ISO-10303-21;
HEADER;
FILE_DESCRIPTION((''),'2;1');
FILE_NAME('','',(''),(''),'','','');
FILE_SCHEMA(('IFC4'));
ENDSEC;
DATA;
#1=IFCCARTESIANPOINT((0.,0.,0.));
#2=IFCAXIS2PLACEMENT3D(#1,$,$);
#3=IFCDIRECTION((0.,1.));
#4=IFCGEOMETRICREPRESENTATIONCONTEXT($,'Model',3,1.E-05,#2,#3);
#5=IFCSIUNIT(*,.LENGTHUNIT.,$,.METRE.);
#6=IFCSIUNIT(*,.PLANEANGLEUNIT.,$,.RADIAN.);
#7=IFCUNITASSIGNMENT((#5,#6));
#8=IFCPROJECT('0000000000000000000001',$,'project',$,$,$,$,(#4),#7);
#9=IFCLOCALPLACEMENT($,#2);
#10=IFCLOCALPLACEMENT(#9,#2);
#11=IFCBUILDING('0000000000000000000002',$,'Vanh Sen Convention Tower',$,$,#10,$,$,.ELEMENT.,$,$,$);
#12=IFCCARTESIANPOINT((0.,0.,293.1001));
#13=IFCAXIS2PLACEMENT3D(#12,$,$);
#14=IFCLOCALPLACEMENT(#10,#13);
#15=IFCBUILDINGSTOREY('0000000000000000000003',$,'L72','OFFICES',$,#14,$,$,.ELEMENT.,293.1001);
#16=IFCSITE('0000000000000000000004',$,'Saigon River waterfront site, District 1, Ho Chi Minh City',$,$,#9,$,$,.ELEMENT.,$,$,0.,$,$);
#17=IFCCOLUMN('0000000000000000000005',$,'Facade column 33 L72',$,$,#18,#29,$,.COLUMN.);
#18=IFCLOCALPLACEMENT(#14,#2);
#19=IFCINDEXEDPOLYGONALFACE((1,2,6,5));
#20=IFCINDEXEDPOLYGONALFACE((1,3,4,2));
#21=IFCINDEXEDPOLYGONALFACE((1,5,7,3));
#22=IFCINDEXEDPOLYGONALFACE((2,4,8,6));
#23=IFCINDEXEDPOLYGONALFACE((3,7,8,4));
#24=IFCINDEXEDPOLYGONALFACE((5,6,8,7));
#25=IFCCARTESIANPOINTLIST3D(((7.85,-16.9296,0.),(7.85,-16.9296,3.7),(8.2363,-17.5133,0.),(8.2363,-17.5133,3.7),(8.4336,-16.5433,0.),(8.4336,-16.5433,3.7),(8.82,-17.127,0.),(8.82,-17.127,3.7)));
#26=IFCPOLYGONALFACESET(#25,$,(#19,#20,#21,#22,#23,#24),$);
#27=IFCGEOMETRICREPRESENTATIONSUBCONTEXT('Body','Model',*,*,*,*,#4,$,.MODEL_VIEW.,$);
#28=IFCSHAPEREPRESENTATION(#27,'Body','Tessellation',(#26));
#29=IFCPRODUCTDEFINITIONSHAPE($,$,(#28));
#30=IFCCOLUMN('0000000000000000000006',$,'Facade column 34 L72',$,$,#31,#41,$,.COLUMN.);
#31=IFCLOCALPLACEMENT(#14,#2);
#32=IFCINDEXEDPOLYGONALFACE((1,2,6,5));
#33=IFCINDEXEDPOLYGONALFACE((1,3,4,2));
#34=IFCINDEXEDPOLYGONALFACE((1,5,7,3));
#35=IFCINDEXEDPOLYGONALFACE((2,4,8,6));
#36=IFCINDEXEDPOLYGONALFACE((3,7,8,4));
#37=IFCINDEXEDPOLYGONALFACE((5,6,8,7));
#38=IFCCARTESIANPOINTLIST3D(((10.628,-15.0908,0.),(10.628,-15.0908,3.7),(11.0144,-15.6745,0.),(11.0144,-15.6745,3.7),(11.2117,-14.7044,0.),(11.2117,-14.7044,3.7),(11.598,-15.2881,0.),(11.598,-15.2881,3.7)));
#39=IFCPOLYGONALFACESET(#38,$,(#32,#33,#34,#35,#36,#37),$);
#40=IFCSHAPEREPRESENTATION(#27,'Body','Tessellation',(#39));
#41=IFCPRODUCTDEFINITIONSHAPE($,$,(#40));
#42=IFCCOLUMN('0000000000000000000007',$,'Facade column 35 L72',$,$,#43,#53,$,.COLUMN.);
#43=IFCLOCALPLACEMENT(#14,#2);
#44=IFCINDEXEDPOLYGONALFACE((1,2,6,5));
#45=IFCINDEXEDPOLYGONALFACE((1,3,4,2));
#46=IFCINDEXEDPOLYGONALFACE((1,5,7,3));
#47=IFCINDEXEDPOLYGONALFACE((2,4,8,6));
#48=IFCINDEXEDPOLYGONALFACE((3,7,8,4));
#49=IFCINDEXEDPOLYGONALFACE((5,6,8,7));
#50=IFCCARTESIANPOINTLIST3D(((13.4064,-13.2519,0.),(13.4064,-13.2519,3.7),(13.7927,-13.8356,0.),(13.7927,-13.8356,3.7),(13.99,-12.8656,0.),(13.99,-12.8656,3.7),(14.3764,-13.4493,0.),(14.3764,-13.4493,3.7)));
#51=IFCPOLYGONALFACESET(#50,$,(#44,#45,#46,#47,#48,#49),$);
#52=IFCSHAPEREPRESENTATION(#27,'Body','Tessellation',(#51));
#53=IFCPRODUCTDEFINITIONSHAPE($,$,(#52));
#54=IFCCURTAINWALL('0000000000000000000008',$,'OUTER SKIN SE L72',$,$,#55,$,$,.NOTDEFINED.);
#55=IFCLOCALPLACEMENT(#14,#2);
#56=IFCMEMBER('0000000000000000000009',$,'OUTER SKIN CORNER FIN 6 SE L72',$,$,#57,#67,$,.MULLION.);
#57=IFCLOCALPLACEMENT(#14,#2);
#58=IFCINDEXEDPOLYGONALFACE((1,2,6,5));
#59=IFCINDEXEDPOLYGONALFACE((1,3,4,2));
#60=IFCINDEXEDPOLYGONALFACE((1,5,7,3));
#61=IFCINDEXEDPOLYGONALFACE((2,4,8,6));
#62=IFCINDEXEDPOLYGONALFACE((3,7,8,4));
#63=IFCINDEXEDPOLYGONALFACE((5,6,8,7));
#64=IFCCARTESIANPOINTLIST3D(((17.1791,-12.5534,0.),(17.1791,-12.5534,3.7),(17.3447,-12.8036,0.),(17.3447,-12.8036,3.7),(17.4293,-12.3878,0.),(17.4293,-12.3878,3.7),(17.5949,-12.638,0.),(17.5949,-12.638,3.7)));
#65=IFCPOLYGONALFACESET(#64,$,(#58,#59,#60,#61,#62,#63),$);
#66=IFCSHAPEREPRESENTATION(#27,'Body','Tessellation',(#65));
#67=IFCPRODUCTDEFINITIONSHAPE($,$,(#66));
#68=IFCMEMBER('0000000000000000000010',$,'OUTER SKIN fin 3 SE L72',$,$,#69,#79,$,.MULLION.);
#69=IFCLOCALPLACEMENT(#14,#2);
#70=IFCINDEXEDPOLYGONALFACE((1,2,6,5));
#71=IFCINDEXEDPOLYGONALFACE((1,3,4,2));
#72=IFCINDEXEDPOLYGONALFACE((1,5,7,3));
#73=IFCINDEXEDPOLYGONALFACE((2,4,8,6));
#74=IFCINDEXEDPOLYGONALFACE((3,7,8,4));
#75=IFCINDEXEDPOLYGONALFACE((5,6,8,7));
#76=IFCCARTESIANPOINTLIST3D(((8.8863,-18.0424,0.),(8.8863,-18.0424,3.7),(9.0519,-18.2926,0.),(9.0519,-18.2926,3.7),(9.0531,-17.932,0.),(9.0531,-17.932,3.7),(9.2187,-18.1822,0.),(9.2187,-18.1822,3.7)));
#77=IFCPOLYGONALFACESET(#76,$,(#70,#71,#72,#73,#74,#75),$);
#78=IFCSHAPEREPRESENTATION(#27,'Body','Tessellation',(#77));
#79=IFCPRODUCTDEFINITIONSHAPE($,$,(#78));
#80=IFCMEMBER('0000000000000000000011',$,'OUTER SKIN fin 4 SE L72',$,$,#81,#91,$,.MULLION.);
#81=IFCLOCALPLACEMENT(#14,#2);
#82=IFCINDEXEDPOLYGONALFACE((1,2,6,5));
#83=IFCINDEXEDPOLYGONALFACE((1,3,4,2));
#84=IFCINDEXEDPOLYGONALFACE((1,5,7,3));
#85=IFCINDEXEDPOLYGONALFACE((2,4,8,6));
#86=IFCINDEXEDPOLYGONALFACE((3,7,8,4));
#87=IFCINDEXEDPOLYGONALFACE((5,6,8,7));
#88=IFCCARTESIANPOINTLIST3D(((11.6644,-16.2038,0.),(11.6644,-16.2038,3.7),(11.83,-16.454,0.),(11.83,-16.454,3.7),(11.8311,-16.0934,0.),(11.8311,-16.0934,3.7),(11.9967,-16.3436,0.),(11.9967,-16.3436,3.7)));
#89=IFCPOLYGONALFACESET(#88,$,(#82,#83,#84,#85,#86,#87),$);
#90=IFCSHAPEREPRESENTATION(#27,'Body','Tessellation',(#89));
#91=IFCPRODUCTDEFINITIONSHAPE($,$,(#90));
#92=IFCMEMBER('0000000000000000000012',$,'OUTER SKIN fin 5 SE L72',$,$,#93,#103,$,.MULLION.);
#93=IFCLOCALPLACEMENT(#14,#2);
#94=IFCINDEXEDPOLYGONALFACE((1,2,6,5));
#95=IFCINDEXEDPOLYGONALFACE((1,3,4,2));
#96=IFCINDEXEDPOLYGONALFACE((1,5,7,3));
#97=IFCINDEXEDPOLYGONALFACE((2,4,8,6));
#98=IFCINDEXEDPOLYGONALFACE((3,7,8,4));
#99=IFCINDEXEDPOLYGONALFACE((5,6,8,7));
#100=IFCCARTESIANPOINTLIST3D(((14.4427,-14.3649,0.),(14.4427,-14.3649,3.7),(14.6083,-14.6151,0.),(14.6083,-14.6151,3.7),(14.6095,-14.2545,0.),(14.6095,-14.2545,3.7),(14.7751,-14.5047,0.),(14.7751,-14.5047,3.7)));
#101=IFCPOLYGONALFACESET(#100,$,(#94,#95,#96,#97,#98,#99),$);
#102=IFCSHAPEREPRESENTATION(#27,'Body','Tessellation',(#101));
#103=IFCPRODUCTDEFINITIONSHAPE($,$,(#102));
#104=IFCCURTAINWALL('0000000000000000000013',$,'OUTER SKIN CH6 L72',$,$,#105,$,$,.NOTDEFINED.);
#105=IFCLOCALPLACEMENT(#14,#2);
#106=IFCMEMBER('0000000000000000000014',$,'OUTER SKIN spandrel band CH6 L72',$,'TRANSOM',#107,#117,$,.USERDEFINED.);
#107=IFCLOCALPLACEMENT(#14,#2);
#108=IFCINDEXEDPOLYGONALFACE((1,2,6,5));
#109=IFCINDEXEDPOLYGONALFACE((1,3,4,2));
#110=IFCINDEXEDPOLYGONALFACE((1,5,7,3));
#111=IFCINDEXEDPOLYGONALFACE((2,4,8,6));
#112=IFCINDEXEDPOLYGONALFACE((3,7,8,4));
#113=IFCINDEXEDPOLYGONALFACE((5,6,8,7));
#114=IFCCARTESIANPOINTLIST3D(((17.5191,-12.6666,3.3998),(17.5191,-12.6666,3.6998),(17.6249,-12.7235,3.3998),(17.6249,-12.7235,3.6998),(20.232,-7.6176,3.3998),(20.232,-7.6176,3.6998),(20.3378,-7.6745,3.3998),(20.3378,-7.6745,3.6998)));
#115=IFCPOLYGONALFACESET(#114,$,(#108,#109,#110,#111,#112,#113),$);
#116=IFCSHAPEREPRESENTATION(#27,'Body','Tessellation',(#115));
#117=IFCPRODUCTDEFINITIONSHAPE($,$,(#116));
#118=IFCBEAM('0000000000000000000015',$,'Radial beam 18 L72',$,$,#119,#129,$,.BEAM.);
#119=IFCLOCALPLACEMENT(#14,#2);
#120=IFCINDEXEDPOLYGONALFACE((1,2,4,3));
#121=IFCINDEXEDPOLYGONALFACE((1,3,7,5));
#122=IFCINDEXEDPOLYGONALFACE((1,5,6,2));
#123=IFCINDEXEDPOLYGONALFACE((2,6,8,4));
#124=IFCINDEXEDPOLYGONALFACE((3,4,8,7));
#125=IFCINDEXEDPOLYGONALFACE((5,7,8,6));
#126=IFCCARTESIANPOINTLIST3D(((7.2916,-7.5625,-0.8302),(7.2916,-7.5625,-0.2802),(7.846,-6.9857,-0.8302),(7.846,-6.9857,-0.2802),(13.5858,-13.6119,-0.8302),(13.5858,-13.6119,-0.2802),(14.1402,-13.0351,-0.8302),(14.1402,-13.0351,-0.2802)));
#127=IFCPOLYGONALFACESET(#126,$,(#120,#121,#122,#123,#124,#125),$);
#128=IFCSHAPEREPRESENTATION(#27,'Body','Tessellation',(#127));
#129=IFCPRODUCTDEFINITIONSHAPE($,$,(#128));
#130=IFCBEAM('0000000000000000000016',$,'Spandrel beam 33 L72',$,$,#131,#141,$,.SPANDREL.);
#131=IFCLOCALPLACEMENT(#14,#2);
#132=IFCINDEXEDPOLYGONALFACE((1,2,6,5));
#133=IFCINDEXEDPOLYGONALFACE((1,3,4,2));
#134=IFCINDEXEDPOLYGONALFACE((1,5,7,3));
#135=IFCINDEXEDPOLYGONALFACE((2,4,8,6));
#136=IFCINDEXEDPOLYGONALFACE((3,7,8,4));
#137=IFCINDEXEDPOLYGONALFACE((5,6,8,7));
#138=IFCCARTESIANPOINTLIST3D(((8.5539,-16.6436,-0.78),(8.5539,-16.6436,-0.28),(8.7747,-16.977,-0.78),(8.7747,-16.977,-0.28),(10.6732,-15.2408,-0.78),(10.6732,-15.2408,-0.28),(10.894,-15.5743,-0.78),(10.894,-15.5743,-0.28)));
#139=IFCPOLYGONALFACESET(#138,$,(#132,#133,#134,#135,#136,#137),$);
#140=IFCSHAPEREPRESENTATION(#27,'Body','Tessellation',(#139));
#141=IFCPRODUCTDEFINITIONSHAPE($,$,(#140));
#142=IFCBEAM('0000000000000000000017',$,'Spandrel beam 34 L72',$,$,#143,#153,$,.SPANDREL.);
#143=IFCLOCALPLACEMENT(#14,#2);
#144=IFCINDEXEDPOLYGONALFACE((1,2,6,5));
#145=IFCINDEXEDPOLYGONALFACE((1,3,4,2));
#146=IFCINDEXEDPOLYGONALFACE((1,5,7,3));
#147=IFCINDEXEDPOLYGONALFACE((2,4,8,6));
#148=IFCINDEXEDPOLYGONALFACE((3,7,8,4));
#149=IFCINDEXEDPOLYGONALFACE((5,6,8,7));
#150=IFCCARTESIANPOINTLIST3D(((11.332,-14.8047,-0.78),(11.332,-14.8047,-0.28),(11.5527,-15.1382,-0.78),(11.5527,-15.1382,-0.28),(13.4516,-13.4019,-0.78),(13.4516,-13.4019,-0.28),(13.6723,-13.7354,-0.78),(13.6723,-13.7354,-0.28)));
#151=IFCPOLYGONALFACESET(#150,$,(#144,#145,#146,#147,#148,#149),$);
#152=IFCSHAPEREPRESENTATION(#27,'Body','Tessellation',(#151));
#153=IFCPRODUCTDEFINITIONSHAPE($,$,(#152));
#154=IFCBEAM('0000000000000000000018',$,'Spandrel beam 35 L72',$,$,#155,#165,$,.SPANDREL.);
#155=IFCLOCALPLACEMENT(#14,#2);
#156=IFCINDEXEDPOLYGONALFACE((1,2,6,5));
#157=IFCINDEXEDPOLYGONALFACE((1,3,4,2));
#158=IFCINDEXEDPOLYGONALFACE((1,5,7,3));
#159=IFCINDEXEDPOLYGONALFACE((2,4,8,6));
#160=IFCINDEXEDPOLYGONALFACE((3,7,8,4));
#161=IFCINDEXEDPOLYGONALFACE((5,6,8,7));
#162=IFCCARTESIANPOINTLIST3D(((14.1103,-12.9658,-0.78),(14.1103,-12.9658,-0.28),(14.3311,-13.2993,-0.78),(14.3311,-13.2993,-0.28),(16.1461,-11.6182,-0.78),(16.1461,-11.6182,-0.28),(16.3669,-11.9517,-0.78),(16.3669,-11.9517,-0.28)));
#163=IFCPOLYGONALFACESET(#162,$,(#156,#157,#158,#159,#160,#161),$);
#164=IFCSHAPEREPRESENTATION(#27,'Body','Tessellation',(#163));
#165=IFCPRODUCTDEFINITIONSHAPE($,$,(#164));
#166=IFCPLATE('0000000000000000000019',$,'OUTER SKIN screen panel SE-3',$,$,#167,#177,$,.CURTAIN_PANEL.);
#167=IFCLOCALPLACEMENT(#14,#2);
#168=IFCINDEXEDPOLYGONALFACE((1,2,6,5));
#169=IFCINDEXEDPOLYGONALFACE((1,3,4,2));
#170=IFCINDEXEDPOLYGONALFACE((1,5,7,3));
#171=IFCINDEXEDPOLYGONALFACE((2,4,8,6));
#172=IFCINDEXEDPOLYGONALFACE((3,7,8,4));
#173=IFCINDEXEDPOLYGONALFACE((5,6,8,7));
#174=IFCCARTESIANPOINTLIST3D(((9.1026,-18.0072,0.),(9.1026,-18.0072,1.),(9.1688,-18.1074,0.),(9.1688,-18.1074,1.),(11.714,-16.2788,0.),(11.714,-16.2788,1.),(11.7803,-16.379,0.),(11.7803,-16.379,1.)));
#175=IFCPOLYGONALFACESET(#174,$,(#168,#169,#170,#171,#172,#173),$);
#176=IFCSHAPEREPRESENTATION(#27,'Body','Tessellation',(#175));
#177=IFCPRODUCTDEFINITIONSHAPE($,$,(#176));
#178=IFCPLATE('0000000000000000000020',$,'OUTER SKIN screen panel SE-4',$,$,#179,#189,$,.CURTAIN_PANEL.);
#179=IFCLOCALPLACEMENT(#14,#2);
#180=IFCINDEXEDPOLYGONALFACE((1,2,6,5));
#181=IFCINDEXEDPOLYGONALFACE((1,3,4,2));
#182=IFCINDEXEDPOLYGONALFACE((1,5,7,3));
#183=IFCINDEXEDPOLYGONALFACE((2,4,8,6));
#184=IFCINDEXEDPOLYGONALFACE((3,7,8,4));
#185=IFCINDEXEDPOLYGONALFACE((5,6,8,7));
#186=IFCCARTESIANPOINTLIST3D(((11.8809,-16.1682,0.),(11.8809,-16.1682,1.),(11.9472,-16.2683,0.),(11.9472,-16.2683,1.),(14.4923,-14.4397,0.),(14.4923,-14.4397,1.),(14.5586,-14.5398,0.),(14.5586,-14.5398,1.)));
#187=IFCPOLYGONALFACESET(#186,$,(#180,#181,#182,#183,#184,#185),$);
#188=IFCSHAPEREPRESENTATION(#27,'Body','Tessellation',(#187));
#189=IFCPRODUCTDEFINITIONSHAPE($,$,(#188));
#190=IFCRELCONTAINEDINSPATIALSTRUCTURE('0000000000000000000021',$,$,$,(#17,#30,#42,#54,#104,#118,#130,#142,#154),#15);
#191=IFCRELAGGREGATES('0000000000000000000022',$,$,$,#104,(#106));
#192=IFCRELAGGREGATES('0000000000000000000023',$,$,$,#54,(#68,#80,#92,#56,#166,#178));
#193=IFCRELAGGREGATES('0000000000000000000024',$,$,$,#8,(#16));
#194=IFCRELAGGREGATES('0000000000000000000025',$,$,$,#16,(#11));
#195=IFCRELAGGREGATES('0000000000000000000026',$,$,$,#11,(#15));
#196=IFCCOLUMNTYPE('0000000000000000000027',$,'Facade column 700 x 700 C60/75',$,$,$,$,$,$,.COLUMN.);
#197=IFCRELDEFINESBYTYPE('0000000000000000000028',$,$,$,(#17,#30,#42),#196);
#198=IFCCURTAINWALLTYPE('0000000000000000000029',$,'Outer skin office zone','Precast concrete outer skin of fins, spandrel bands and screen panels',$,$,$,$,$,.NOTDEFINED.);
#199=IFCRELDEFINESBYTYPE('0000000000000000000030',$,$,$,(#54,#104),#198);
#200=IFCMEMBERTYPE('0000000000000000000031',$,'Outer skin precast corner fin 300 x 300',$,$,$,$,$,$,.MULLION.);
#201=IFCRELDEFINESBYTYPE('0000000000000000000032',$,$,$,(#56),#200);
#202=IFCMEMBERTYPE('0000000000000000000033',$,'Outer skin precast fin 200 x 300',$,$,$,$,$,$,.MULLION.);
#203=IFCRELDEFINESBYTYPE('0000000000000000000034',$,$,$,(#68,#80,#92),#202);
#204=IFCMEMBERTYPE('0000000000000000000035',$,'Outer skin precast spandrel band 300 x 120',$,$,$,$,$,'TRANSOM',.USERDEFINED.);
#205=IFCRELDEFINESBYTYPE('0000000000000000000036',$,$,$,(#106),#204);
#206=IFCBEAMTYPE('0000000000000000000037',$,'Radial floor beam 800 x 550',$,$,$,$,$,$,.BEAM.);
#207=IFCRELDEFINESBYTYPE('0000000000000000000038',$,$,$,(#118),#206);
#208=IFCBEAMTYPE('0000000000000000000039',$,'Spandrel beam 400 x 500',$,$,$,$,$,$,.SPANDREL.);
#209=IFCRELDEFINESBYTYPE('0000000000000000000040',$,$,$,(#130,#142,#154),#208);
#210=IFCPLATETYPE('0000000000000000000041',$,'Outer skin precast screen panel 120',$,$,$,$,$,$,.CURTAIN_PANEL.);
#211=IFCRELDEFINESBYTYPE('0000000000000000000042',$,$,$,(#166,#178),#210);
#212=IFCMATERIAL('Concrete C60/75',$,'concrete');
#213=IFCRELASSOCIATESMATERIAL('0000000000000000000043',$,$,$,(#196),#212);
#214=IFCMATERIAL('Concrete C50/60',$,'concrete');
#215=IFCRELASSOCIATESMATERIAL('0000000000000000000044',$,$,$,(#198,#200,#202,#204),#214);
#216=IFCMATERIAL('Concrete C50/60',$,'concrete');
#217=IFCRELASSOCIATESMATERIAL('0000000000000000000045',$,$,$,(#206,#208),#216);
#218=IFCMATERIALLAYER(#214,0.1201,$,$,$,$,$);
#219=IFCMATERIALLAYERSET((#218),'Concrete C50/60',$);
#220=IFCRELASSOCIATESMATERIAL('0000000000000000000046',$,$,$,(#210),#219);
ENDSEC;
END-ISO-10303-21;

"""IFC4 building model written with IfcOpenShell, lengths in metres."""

from ifc_helpers import new_model, si_unit, direction, frame, origin, origin_2d, place, context, subcontext, project, spatial, rectangle, extrude, material, layer, layer_set, material_profile, profile_set, type_object, element, aggregate, save


model = new_model("IFC4")

# Units and contexts
model_context = context("Model", 3, precision=1e-05, world=origin(), true_north=direction((0.0, 1.0)))
body_context = subcontext(model_context, "Body", "Model", "MODEL_VIEW")
ifc_project = project(units=[si_unit("LENGTHUNIT", "METRE"), si_unit("PLANEANGLEUNIT", "RADIAN")], contexts=[model_context])

# Site, building, storey
site_placement = place(None, origin())
site = spatial("IfcSite", under=ifc_project, at=site_placement, Name="Saigon River waterfront site, District 1, Ho Chi Minh City", CompositionType="ELEMENT", RefElevation=0.0)
building_placement = place(site_placement, origin())
building = spatial("IfcBuilding", under=site, at=building_placement, Name="Vanh Sen Convention Tower", CompositionType="ELEMENT")
storey_placement = place(building_placement, frame((0.0, 0.0, 293.1001)))
storey = spatial("IfcBuildingStorey", under=building, at=storey_placement, Name="L72", Description="OFFICES", CompositionType="ELEMENT", Elevation=293.1001)

# Columns
ifc_material_1 = material(Name="Concrete C60/75", Category="concrete")
ifc_material_profile_1 = material_profile(ifc_material_1, rectangle(XDim=0.7, YDim=0.7, at=origin_2d()), Name="RC 700X700")
ifc_profile_set_1 = profile_set([ifc_material_profile_1], Name="Concrete C60/75")
column_type = type_object("IfcColumnType", Name="Facade column 700 x 700 C60/75", PredefinedType="COLUMN", material=ifc_profile_set_1)
for number, where, z_axis, x_axis, name in (
    (1, (8.335, -17.0283, 0.0), (0.0, 0.0, 1.0), (0.833886, 0.551937, 0.0), "Facade column 33 L72"),
    (2, (11.113, -15.1895, 0.0), (0.0, 0.0, 1.0), (0.833886, 0.551937, 0.0), "Facade column 34 L72"),
    (3, (13.8914, -13.3506, 0.0), (0.0, 0.0, 1.0), (0.833886, 0.551937, 0.0), "Facade column 35 L72"),
):
    element("IfcColumn", number, at=place(storey_placement, frame(where, z_axis=z_axis, x_axis=x_axis)), inside=storey, type_object=column_type, Name=name, PredefinedType="COLUMN", context=body_context, shape_type="SweptSolid", body=[
        extrude(rectangle(XDim=0.7, YDim=0.7, at=origin_2d()), origin(), (0.0, 0.0, 1.0), 3.7),
    ])

# Curtain wall, members
ifc_material_2 = material(Name="Concrete C50/60", Category="concrete")
curtain_wall_type = type_object("IfcCurtainWallType", Name="Outer skin office zone", Description="Precast concrete outer skin of fins, spandrel bands and screen panels", PredefinedType="NOTDEFINED", material=ifc_material_2)
curtain_wall_1_placement = place(storey_placement, origin())
curtain_wall_1 = element("IfcCurtainWall", 4, at=curtain_wall_1_placement, inside=storey, type_object=curtain_wall_type, Name="OUTER SKIN SE L72", PredefinedType="NOTDEFINED")
ifc_material_profile_2 = material_profile(ifc_material_2, rectangle(XDim=0.3, YDim=0.3, at=origin_2d()), Name="Outer skin precast corner fin 300 x 300")
ifc_profile_set_2 = profile_set([ifc_material_profile_2], Name="Concrete C50/60")
member_type_1 = type_object("IfcMemberType", Name="Outer skin precast corner fin 300 x 300", PredefinedType="MULLION", material=ifc_profile_set_2)
member_1_placement = place(storey_placement, frame((17.387, -12.5957, 0.0), z_axis=(0.0, 0.0, 1.0), x_axis=(0.833886, 0.551937, 0.0)))
member_1 = element("IfcMember", 5, at=member_1_placement, type_object=member_type_1, Name="OUTER SKIN CORNER FIN 6 SE L72", PredefinedType="MULLION", context=body_context, shape_type="SweptSolid", body=[
    extrude(rectangle(XDim=0.3, YDim=0.3, at=origin_2d()), origin(), (0.0, 0.0, 1.0), 3.7),
])
ifc_material_profile_3 = material_profile(ifc_material_2, rectangle(XDim=0.2, YDim=0.3, at=origin_2d()), Name="Outer skin precast fin 200 x 300")
ifc_profile_set_3 = profile_set([ifc_material_profile_3], Name="Concrete C50/60")
member_type_2 = type_object("IfcMemberType", Name="Outer skin precast fin 200 x 300", PredefinedType="MULLION", material=ifc_profile_set_3)
member_2_placement = place(storey_placement, frame((9.0525, -18.1123, 0.0), z_axis=(0.0, 0.0, 1.0), x_axis=(0.833886, 0.551937, 0.0)))
member_2 = element("IfcMember", 6, at=member_2_placement, type_object=member_type_2, Name="OUTER SKIN fin 3 SE L72", PredefinedType="MULLION", context=body_context, shape_type="SweptSolid", body=[
    extrude(rectangle(XDim=0.2, YDim=0.3, at=origin_2d()), origin(), (0.0, 0.0, 1.0), 3.7),
])
member_3_placement = place(storey_placement, frame((11.8306, -16.2737, 0.0), z_axis=(0.0, 0.0, 1.0), x_axis=(0.833886, 0.551937, 0.0)))
member_3 = element("IfcMember", 7, at=member_3_placement, type_object=member_type_2, Name="OUTER SKIN fin 4 SE L72", PredefinedType="MULLION", context=body_context, shape_type="SweptSolid", body=[
    extrude(rectangle(XDim=0.2, YDim=0.3, at=origin_2d()), origin(), (0.0, 0.0, 1.0), 3.7),
])
member_4_placement = place(storey_placement, frame((14.6089, -14.4348, 0.0), z_axis=(0.0, 0.0, 1.0), x_axis=(0.833886, 0.551937, 0.0)))
member_4 = element("IfcMember", 8, at=member_4_placement, type_object=member_type_2, Name="OUTER SKIN fin 5 SE L72", PredefinedType="MULLION", context=body_context, shape_type="SweptSolid", body=[
    extrude(rectangle(XDim=0.2, YDim=0.3, at=origin_2d()), origin(), (0.0, 0.0, 1.0), 3.7),
])

# Curtain wall, member
curtain_wall_2_placement = place(storey_placement, origin())
curtain_wall_2 = element("IfcCurtainWall", 9, at=curtain_wall_2_placement, inside=storey, type_object=curtain_wall_type, Name="OUTER SKIN CH6 L72", PredefinedType="NOTDEFINED")
ifc_material_profile_4 = material_profile(ifc_material_2, rectangle(XDim=0.1201, YDim=0.3, at=origin_2d()), Name="Outer skin precast spandrel band 300 x 120")
ifc_profile_set_4 = profile_set([ifc_material_profile_4], Name="Concrete C50/60")
member_type_3 = type_object("IfcMemberType", Name="Outer skin precast spandrel band 300 x 120", ElementType="TRANSOM", PredefinedType="USERDEFINED", material=ifc_profile_set_4)
member_5_placement = place(storey_placement, frame((17.572, -12.6951, 3.5498), z_axis=(0.47331, 0.880896, 0.0), x_axis=(-0.880896, 0.47331, 0.0)))
member_5 = element("IfcMember", 10, at=member_5_placement, type_object=member_type_3, Name="OUTER SKIN spandrel band CH6 L72", ObjectType="TRANSOM", PredefinedType="USERDEFINED", context=body_context, shape_type="SweptSolid", body=[
    extrude(rectangle(XDim=0.1201, YDim=0.3, at=origin_2d()), origin(), (0.0, 0.0, 1.0), 5.7317),
])
aggregate(curtain_wall_2, [member_5])

# Beams
ifc_material_3 = material(Name="Concrete C50/60", Category="concrete")
ifc_material_profile_5 = material_profile(ifc_material_3, rectangle(XDim=0.8, YDim=0.55, at=origin_2d()), Name="RC 800X550")
ifc_profile_set_5 = profile_set([ifc_material_profile_5], Name="Concrete C50/60")
beam_type_1 = type_object("IfcBeamType", Name="Radial floor beam 800 x 550", PredefinedType="BEAM", material=ifc_profile_set_5)
beam_1_placement = place(storey_placement, frame((13.863, -13.3235, -0.5552), z_axis=(-0.720993, 0.692943, 0.0), x_axis=(-0.692943, -0.720993, 0.0)))
element("IfcBeam", 11, at=beam_1_placement, inside=storey, type_object=beam_type_1, Name="Radial beam 18 L72", PredefinedType="BEAM", context=body_context, shape_type="SweptSolid", body=[
    extrude(rectangle(XDim=0.8, YDim=0.55, at=origin_2d()), origin(), (0.0, 0.0, 1.0), 8.73),
])
ifc_material_profile_6 = material_profile(ifc_material_3, rectangle(XDim=0.3999, YDim=0.5, at=origin_2d()), Name="RC 400X500")
ifc_profile_set_6 = profile_set([ifc_material_profile_6], Name="Concrete C50/60")
beam_type_2 = type_object("IfcBeamType", Name="Spandrel beam 400 x 500", PredefinedType="SPANDREL", material=ifc_profile_set_6)
beam_2_placement = place(storey_placement, frame((8.6643, -16.8103, -0.53), z_axis=(0.833878, 0.551948, 0.0), x_axis=(-0.551948, 0.833878, 0.0)))
element("IfcBeam", 12, at=beam_2_placement, inside=storey, type_object=beam_type_2, Name="Spandrel beam 33 L72", PredefinedType="SPANDREL", context=body_context, shape_type="SweptSolid", body=[
    extrude(rectangle(XDim=0.3999, YDim=0.5, at=origin_2d()), origin(), (0.0, 0.0, 1.0), 2.5415),
])
beam_3_placement = place(storey_placement, frame((11.4424, -14.9714, -0.53), z_axis=(0.833908, 0.551904, 0.0), x_axis=(-0.551904, 0.833908, 0.0)))
element("IfcBeam", 13, at=beam_3_placement, inside=storey, type_object=beam_type_2, Name="Spandrel beam 34 L72", PredefinedType="SPANDREL", context=body_context, shape_type="SweptSolid", body=[
    extrude(rectangle(XDim=0.3999, YDim=0.5, at=origin_2d()), origin(), (0.0, 0.0, 1.0), 2.5417),
])
beam_4_placement = place(storey_placement, frame((14.2207, -13.1326, -0.53), z_axis=(0.833861, 0.551974, 0.0), x_axis=(-0.551974, 0.833861, 0.0)))
element("IfcBeam", 14, at=beam_4_placement, inside=storey, type_object=beam_type_2, Name="Spandrel beam 35 L72", PredefinedType="SPANDREL", context=body_context, shape_type="SweptSolid", body=[
    extrude(rectangle(XDim=0.3999, YDim=0.5, at=origin_2d()), origin(), (0.0, 0.0, 1.0), 2.4414),
])

# Plates
ifc_layer_1 = layer(ifc_material_2, 0.1201)
ifc_layer_set_1 = layer_set([ifc_layer_1], Name="Concrete C50/60")
plate_type = type_object("IfcPlateType", Name="Outer skin precast screen panel 120", PredefinedType="CURTAIN_PANEL", material=ifc_layer_set_1)
plate_1_placement = place(storey_placement, frame((10.4414, -17.1931, 0.0), z_axis=(0.0, 0.0, 1.0), x_axis=(0.833893, 0.551927, 0.0)))
plate_1 = element("IfcPlate", 15, at=plate_1_placement, type_object=plate_type, Name="OUTER SKIN screen panel SE-3", PredefinedType="CURTAIN_PANEL", context=body_context, shape_type="SweptSolid", body=[
    extrude(rectangle(XDim=3.1316, YDim=0.1201, at=origin_2d()), origin(), (0.0, 0.0, 1.0), 1.0),
])
plate_2_placement = place(storey_placement, frame((13.2197, -15.354, 0.0), z_axis=(0.0, 0.0, 1.0), x_axis=(0.833879, 0.551947, 0.0)))
plate_2 = element("IfcPlate", 16, at=plate_2_placement, type_object=plate_type, Name="OUTER SKIN screen panel SE-4", PredefinedType="CURTAIN_PANEL", context=body_context, shape_type="SweptSolid", body=[
    extrude(rectangle(XDim=3.1316, YDim=0.1201, at=origin_2d()), origin(), (0.0, 0.0, 1.0), 1.0),
])
aggregate(curtain_wall_1, [member_2, member_3, member_4, member_1, plate_1, plate_2])

save(model, "model.ifc")
